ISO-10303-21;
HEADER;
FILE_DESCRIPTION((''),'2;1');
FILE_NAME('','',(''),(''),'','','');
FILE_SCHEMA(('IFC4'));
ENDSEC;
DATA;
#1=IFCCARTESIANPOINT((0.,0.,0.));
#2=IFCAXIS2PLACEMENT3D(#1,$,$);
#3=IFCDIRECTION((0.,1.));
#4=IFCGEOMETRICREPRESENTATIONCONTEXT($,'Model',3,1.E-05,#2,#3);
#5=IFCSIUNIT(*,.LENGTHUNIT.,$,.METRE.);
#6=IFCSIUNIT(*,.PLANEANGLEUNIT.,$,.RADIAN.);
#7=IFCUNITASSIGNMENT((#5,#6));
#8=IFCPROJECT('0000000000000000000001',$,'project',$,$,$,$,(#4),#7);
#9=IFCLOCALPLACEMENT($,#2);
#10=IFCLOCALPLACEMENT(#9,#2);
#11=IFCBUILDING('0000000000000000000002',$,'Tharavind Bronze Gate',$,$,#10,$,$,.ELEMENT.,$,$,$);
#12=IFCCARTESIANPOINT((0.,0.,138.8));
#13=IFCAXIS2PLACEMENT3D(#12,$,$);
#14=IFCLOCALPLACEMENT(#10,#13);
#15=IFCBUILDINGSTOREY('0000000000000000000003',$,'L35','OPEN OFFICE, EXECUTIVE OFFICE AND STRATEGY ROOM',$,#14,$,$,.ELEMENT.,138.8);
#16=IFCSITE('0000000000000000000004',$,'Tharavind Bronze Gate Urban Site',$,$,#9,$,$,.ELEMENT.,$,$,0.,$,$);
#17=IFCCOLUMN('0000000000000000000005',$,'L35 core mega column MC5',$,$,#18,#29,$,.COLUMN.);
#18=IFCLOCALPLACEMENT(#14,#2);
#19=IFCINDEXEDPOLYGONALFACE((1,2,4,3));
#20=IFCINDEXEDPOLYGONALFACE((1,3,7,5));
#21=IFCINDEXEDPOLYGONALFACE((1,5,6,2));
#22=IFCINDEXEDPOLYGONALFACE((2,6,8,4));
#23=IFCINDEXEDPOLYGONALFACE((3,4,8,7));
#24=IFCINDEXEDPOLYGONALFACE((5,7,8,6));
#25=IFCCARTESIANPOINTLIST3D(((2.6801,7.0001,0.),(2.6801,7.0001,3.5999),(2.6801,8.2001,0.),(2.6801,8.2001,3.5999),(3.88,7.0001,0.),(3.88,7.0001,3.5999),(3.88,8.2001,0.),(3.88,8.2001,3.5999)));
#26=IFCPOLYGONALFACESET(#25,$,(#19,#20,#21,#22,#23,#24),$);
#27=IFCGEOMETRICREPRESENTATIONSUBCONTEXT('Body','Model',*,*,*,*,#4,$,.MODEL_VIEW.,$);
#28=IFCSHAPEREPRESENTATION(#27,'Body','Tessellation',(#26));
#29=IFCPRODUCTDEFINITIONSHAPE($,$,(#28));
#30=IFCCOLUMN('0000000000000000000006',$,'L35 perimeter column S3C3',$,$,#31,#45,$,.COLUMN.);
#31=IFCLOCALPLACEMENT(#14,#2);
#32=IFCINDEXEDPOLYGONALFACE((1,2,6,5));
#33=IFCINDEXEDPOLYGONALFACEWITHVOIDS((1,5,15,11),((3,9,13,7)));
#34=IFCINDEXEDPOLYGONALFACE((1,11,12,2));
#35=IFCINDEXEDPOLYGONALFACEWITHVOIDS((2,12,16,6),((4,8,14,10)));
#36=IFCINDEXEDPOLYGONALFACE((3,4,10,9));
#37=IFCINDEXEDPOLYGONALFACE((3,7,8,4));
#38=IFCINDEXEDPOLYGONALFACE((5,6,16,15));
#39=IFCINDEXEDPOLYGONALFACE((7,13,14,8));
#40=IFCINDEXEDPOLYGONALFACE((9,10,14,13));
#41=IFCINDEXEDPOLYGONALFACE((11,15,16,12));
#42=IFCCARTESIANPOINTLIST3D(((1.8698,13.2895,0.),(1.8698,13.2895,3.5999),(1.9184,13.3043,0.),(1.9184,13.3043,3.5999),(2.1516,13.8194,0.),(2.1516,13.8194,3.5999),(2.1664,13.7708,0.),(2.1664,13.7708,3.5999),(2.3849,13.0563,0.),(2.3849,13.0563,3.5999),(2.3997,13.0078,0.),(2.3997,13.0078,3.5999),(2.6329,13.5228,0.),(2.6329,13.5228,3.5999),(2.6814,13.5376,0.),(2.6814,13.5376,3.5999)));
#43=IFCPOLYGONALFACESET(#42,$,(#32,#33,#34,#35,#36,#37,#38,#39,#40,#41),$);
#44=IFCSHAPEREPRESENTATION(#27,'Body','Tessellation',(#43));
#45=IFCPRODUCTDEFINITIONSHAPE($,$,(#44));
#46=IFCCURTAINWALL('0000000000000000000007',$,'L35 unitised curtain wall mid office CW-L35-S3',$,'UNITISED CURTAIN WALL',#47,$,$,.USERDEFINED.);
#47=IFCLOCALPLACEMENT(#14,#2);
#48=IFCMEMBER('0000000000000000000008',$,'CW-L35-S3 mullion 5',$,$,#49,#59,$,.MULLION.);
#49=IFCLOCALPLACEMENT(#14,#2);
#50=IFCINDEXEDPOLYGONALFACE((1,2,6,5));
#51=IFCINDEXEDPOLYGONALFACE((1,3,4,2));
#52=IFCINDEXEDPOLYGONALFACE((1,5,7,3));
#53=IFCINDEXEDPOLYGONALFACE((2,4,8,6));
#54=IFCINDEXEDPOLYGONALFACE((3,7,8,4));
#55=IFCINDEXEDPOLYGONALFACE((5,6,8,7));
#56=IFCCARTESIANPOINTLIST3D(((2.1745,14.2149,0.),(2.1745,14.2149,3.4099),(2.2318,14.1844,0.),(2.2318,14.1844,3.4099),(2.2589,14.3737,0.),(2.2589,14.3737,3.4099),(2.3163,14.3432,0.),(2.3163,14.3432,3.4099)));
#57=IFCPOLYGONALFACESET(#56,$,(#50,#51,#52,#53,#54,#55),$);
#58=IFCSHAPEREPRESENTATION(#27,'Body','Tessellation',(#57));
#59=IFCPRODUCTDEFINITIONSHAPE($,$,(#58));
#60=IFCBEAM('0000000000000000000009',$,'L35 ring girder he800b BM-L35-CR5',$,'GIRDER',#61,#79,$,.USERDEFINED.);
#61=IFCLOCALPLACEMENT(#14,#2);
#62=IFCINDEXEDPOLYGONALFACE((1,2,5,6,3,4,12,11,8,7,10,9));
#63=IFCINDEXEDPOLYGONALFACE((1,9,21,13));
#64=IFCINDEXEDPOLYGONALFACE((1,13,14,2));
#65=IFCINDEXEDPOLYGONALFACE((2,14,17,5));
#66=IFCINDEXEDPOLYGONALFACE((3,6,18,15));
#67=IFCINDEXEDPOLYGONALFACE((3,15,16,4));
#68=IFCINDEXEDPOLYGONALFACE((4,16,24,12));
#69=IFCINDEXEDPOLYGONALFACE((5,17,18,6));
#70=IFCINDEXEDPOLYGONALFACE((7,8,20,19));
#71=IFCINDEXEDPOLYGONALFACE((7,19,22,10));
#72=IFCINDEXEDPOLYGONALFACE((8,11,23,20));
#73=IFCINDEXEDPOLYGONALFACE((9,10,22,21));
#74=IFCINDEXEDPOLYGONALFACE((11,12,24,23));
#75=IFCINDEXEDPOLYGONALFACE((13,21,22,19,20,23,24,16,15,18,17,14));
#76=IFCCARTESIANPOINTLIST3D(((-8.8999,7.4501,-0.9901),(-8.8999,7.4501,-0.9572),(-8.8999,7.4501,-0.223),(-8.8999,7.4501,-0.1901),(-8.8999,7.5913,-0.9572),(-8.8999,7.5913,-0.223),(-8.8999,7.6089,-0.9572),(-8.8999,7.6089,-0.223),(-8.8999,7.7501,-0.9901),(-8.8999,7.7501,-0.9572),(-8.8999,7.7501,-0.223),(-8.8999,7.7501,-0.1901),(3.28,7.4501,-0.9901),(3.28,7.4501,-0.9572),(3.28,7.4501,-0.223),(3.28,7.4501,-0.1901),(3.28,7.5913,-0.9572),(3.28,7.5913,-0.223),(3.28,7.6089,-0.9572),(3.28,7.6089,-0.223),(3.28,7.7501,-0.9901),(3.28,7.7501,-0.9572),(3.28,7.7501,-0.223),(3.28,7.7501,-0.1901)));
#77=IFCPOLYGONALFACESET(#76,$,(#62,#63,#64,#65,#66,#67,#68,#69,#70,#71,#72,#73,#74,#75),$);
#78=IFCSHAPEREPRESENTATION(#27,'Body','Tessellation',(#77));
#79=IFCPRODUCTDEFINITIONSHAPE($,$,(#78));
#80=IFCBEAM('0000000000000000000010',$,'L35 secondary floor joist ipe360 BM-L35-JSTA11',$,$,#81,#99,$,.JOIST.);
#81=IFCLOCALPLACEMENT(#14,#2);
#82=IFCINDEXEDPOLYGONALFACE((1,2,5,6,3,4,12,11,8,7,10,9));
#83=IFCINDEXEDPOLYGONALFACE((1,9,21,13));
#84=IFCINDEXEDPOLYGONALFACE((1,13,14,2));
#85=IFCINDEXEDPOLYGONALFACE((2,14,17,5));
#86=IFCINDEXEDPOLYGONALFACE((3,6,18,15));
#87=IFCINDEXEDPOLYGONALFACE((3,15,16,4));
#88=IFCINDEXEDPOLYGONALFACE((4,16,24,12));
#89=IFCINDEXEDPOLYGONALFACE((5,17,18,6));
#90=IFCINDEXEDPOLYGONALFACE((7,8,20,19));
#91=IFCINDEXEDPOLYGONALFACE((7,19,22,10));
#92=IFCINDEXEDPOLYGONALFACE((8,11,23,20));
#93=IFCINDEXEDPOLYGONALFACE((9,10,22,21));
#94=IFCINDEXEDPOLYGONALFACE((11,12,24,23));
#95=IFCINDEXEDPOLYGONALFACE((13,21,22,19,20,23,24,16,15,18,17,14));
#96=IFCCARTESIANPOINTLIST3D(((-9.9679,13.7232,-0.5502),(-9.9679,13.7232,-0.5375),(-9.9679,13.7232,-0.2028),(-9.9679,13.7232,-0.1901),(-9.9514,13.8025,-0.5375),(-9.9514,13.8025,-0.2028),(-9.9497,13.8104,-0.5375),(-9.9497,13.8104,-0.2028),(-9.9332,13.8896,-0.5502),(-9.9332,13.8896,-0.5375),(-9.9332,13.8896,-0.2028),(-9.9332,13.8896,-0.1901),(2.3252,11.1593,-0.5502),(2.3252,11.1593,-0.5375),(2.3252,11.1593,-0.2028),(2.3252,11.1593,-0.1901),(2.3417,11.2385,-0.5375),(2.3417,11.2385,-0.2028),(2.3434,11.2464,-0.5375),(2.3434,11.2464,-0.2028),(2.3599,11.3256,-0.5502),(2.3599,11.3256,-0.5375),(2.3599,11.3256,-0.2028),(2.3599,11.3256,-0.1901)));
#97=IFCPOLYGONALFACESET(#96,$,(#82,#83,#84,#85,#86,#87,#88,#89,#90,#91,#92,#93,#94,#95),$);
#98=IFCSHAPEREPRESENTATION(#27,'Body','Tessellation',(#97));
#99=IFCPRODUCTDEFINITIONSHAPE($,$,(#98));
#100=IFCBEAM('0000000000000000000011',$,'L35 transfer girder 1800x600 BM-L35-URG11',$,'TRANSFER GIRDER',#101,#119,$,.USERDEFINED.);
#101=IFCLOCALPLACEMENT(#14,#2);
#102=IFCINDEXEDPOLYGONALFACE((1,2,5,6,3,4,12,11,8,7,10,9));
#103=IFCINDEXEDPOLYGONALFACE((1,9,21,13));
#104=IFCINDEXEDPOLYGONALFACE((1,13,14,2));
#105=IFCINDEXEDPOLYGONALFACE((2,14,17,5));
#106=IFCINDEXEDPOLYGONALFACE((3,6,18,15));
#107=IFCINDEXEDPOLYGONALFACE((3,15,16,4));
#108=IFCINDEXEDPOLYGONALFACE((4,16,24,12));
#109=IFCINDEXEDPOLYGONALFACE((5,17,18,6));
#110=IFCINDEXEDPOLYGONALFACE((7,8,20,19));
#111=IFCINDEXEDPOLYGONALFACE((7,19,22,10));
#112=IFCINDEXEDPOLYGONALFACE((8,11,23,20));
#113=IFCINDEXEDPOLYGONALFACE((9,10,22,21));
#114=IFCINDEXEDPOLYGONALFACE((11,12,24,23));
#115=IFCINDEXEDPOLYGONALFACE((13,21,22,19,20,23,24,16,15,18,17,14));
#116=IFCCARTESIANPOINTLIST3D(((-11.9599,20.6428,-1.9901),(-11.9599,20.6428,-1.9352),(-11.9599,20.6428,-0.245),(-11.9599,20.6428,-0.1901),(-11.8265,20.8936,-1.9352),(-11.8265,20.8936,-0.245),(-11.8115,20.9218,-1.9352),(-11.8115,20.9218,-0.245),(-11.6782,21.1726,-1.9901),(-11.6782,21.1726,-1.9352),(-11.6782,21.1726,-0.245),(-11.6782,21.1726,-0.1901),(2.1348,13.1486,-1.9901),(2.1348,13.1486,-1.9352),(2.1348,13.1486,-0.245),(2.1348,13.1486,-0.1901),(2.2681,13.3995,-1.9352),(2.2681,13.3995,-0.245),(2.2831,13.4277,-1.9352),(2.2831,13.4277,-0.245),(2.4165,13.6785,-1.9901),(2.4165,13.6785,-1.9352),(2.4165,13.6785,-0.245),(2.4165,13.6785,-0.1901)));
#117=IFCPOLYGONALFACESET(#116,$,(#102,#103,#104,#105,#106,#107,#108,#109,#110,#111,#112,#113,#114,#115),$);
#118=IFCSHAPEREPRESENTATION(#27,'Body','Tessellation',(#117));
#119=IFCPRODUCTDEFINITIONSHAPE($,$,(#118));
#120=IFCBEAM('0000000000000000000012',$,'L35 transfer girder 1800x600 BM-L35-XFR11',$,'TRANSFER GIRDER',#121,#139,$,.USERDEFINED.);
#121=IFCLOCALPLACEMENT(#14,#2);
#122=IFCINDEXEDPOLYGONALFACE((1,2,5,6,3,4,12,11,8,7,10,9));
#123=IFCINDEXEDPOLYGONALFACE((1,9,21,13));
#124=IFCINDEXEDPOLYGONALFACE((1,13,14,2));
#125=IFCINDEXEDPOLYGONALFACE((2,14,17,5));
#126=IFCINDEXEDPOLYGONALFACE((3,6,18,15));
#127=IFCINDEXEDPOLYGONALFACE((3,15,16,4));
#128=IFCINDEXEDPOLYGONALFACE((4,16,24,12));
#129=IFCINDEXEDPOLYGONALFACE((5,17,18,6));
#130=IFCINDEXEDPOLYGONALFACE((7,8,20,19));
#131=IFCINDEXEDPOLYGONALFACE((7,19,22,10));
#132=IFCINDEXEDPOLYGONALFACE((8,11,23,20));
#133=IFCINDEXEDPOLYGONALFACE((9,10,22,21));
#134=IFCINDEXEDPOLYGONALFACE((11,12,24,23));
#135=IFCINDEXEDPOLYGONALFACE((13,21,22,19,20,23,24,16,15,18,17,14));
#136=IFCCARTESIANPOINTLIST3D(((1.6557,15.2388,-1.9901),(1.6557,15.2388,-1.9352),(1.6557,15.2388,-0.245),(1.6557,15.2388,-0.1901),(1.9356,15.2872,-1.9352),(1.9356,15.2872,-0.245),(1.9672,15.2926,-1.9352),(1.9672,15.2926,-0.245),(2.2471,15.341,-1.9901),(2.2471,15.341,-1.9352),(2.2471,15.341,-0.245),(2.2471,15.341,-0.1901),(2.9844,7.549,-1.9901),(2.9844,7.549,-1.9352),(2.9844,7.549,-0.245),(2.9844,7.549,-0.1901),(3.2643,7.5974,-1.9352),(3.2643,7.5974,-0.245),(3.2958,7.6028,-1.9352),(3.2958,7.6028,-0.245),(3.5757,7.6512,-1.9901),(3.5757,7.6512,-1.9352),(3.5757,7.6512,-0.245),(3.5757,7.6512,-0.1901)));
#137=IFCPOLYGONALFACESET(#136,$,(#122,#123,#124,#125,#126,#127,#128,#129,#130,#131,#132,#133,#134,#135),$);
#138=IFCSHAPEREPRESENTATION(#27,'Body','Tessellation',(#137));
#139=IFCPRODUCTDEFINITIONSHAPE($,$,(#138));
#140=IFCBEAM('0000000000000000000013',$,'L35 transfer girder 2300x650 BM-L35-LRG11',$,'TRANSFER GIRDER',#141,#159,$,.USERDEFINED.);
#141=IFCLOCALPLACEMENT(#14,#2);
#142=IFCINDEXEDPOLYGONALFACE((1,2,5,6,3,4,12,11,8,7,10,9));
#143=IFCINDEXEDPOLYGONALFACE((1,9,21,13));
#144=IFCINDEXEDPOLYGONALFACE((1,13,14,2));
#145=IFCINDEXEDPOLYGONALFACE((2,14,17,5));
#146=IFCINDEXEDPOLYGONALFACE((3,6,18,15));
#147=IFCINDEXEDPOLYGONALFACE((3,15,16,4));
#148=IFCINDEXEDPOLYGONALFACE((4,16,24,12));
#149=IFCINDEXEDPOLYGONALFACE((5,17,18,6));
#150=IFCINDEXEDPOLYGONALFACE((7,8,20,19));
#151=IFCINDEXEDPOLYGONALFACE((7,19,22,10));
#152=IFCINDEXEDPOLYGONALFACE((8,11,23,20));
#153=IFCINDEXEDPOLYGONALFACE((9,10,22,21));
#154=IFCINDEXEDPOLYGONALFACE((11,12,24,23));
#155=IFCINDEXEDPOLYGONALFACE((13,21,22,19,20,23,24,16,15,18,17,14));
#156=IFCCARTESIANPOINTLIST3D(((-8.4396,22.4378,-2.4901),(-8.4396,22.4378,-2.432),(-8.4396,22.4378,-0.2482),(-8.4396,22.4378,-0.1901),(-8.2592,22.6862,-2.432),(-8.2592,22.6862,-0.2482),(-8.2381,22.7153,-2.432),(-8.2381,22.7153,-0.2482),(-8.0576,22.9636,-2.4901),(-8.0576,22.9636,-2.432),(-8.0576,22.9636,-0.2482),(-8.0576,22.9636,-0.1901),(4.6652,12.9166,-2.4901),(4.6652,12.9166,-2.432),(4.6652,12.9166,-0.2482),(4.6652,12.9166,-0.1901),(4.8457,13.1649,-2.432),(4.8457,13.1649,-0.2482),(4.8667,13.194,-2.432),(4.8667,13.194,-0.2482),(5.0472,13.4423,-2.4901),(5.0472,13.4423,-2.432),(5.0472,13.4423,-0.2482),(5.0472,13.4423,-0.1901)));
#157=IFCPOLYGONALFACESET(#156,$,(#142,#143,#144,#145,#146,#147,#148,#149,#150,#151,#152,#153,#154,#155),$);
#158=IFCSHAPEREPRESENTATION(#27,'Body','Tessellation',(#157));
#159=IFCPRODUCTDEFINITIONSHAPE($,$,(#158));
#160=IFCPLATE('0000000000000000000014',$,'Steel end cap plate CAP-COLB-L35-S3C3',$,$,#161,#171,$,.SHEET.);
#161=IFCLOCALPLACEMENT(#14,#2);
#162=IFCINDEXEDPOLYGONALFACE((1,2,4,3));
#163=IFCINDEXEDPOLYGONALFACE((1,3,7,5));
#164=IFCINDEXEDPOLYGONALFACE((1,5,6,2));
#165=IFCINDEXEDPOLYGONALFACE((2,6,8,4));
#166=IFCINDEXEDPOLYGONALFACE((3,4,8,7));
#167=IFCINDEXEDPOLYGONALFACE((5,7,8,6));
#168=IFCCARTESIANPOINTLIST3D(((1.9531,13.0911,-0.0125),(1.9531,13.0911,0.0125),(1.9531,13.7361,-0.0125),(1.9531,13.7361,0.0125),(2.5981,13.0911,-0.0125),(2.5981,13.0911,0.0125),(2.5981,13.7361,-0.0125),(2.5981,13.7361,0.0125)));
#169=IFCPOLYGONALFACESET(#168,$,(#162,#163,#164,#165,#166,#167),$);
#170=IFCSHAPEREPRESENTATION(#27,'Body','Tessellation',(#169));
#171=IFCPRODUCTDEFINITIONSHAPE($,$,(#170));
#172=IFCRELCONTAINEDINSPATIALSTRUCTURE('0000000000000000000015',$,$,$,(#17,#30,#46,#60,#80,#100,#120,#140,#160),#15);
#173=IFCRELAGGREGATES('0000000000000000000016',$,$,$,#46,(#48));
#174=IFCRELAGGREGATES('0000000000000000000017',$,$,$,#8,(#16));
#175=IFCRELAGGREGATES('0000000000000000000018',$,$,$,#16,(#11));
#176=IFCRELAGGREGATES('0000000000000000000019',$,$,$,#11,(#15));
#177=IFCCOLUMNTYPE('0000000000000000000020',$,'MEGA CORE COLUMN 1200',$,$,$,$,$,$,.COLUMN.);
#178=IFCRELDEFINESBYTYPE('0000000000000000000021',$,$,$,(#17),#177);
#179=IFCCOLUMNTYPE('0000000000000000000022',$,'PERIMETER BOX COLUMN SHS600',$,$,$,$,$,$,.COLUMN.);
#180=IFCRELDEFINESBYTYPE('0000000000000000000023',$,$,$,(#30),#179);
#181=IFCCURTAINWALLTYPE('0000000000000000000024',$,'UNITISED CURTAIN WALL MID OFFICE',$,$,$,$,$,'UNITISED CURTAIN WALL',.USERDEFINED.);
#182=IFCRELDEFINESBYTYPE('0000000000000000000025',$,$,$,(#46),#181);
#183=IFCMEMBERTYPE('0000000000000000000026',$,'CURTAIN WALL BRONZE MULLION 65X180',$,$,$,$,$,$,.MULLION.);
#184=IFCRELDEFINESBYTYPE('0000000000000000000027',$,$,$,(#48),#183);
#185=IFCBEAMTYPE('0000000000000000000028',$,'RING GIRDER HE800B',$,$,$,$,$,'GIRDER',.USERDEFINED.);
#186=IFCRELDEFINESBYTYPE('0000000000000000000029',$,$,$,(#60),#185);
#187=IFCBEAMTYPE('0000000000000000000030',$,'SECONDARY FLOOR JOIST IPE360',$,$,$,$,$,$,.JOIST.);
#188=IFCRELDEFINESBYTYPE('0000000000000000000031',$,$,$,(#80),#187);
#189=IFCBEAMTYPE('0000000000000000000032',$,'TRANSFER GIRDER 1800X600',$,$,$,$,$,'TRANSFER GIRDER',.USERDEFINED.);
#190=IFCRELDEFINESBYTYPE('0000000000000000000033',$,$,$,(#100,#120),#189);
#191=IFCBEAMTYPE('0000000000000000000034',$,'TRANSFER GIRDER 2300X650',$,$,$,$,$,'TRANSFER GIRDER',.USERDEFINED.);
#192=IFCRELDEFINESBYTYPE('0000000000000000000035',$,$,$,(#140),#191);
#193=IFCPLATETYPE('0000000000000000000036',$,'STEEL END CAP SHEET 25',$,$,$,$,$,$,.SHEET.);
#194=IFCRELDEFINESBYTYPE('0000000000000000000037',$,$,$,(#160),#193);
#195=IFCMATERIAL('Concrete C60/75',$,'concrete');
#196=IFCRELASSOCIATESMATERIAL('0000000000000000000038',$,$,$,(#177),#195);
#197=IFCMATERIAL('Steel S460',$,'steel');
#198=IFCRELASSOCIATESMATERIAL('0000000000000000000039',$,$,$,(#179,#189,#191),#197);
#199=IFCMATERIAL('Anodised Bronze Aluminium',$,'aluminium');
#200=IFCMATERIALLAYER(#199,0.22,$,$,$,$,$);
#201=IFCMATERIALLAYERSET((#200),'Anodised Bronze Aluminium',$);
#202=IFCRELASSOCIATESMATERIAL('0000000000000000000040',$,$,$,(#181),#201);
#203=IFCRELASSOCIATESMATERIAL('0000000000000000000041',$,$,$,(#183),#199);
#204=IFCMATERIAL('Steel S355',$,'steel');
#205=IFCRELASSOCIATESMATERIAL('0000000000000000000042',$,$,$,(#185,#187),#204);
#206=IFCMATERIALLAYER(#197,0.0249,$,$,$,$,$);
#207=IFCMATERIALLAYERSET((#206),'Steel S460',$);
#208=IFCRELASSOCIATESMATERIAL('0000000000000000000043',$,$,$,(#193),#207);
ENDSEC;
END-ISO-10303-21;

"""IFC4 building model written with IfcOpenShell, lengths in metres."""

from ifc_helpers import new_model, si_unit, direction, frame, origin, origin_2d, place, context, subcontext, project, spatial, rectangle, hollow_rectangle, i_section, extrude, material, layer, layer_set, material_profile, profile_set, type_object, element, aggregate, save


model = new_model("IFC4")

# Units and contexts
model_context = context("Model", 3, precision=1e-05, world=origin(), true_north=direction((0.0, 1.0)))
body_context = subcontext(model_context, "Body", "Model", "MODEL_VIEW")
ifc_project = project(units=[si_unit("LENGTHUNIT", "METRE"), si_unit("PLANEANGLEUNIT", "RADIAN")], contexts=[model_context])

# Site, building, storey
site_placement = place(None, origin())
site = spatial("IfcSite", under=ifc_project, at=site_placement, Name="Tharavind Bronze Gate Urban Site", CompositionType="ELEMENT", RefElevation=0.0)
building_placement = place(site_placement, origin())
building = spatial("IfcBuilding", under=site, at=building_placement, Name="Tharavind Bronze Gate", CompositionType="ELEMENT")
storey_placement = place(building_placement, frame((0.0, 0.0, 138.8)))
storey = spatial("IfcBuildingStorey", under=building, at=storey_placement, Name="L35", Description="OPEN OFFICE, EXECUTIVE OFFICE AND STRATEGY ROOM", CompositionType="ELEMENT", Elevation=138.8)

# Columns
ifc_material_1 = material(Name="Concrete C60/75", Category="concrete")
ifc_material_profile_1 = material_profile(ifc_material_1, rectangle(XDim=1.2, YDim=1.2, at=origin_2d()), Name="RCCOL1200")
ifc_profile_set_1 = profile_set([ifc_material_profile_1], Name="Concrete C60/75")
column_type_1 = type_object("IfcColumnType", Name="MEGA CORE COLUMN 1200", PredefinedType="COLUMN", material=ifc_profile_set_1)
column_1_placement = place(storey_placement, frame((3.28, 7.6001, 0.0), z_axis=(0.0, 0.0, 1.0), x_axis=(1.0, 0.0, 0.0)))
element("IfcColumn", 1, at=column_1_placement, inside=storey, type_object=column_type_1, Name="L35 core mega column MC5", PredefinedType="COLUMN", context=body_context, shape_type="SweptSolid", body=[
    extrude(rectangle(XDim=1.2, YDim=1.2, at=origin_2d()), origin(), (0.0, 0.0, 1.0), 3.5999),
])
ifc_material_2 = material(Name="Steel S460", Category="steel")
ifc_material_profile_2 = material_profile(ifc_material_2, hollow_rectangle(XDim=0.6001, YDim=0.6001, WallThickness=0.0359, at=origin_2d()), Name="SHS600X36")
ifc_profile_set_2 = profile_set([ifc_material_profile_2], Name="Steel S460")
column_type_2 = type_object("IfcColumnType", Name="PERIMETER BOX COLUMN SHS600", PredefinedType="COLUMN", material=ifc_profile_set_2)
column_2_placement = place(storey_placement, frame((2.2756, 13.4136, 0.0), z_axis=(0.0, 0.0, 1.0), x_axis=(-0.882948, 0.46947, 0.0)))
element("IfcColumn", 2, at=column_2_placement, inside=storey, type_object=column_type_2, Name="L35 perimeter column S3C3", PredefinedType="COLUMN", context=body_context, shape_type="SweptSolid", body=[
    extrude(hollow_rectangle(XDim=0.6001, YDim=0.6001, WallThickness=0.0359, at=origin_2d()), origin(), (0.0, 0.0, 1.0), 3.5999),
])

# Curtain wall, member
ifc_material_3 = material(Name="Anodised Bronze Aluminium", Category="aluminium")
ifc_layer_1 = layer(ifc_material_3, 0.22)
ifc_layer_set_1 = layer_set([ifc_layer_1], Name="Anodised Bronze Aluminium")
curtain_wall_type = type_object("IfcCurtainWallType", Name="UNITISED CURTAIN WALL MID OFFICE", ElementType="UNITISED CURTAIN WALL", PredefinedType="USERDEFINED", material=ifc_layer_set_1)
curtain_wall_placement = place(storey_placement, origin())
curtain_wall = element("IfcCurtainWall", 3, at=curtain_wall_placement, inside=storey, type_object=curtain_wall_type, Name="L35 unitised curtain wall mid office CW-L35-S3", ObjectType="UNITISED CURTAIN WALL", PredefinedType="USERDEFINED")
member_type = type_object("IfcMemberType", Name="CURTAIN WALL BRONZE MULLION 65X180", PredefinedType="MULLION", material=ifc_material_3)
member_placement = place(storey_placement, frame((2.2454, 14.2791, 0.0), z_axis=(0.0, 0.0, 1.0), x_axis=(-0.882948, 0.469472, 0.0)))
member = element("IfcMember", 4, at=member_placement, type_object=member_type, Name="CW-L35-S3 mullion 5", PredefinedType="MULLION", context=body_context, shape_type="SweptSolid", body=[
    extrude(rectangle(XDim=0.0649, YDim=0.1799, at=origin_2d()), origin(), (0.0, 0.0, 1.0), 3.4099),
])
aggregate(curtain_wall, [member])

# Beams
ifc_material_4 = material(Name="Steel S355", Category="steel")
ifc_material_profile_3 = material_profile(ifc_material_4, i_section(OverallWidth=0.3, OverallDepth=0.8, WebThickness=0.0176, FlangeThickness=0.033, at=origin_2d()), Name="HE800B")
ifc_profile_set_3 = profile_set([ifc_material_profile_3], Name="Steel S355")
beam_type_1 = type_object("IfcBeamType", Name="RING GIRDER HE800B", ElementType="GIRDER", PredefinedType="USERDEFINED", material=ifc_profile_set_3)
beam_1_placement = place(storey_placement, frame((3.28, 7.6001, -0.5901), z_axis=(-1.0, 0.0, 0.0), x_axis=(0.0, -1.0, 0.0)))
element("IfcBeam", 5, at=beam_1_placement, inside=storey, type_object=beam_type_1, Name="L35 ring girder he800b BM-L35-CR5", ObjectType="GIRDER", PredefinedType="USERDEFINED", context=body_context, shape_type="SweptSolid", body=[
    extrude(i_section(OverallWidth=0.3, OverallDepth=0.8, WebThickness=0.0176, FlangeThickness=0.033, at=origin_2d()), origin(), (0.0, 0.0, 1.0), 12.1799),
])
ifc_material_profile_4 = material_profile(ifc_material_4, i_section(OverallWidth=0.1699, OverallDepth=0.3601, WebThickness=0.0081, FlangeThickness=0.0127, at=origin_2d()), Name="IPE360")
ifc_profile_set_4 = profile_set([ifc_material_profile_4], Name="Steel S355")
beam_type_2 = type_object("IfcBeamType", Name="SECONDARY FLOOR JOIST IPE360", PredefinedType="JOIST", material=ifc_profile_set_4)
beam_2_placement = place(storey_placement, frame((2.3425, 11.2424, -0.3701), z_axis=(-0.978934, 0.204178, 0.0), x_axis=(-0.204178, -0.978934, 0.0)))
element("IfcBeam", 6, at=beam_2_placement, inside=storey, type_object=beam_type_2, Name="L35 secondary floor joist ipe360 BM-L35-JSTA11", PredefinedType="JOIST", context=body_context, shape_type="SweptSolid", body=[
    extrude(i_section(OverallWidth=0.1699, OverallDepth=0.3601, WebThickness=0.0081, FlangeThickness=0.0127, at=origin_2d()), origin(), (0.0, 0.0, 1.0), 12.5576),
])
ifc_material_profile_5 = material_profile(ifc_material_2, i_section(OverallWidth=0.6001, OverallDepth=1.8, WebThickness=0.032, FlangeThickness=0.0549, at=origin_2d()), Name="PG1800X600")
ifc_profile_set_5 = profile_set([ifc_material_profile_5], Name="Steel S460")
beam_type_3 = type_object("IfcBeamType", Name="TRANSFER GIRDER 1800X600", ElementType="TRANSFER GIRDER", PredefinedType="USERDEFINED", material=ifc_profile_set_5)
beam_3_placement = place(storey_placement, frame((2.2756, 13.4136, -1.0901), z_axis=(-0.882952, 0.469464, 0.0), x_axis=(-0.469464, -0.882952, 0.0)))
element("IfcBeam", 7, at=beam_3_placement, inside=storey, type_object=beam_type_3, Name="L35 transfer girder 1800x600 BM-L35-URG11", ObjectType="TRANSFER GIRDER", PredefinedType="USERDEFINED", context=body_context, shape_type="SweptSolid", body=[
    extrude(i_section(OverallWidth=0.6001, OverallDepth=1.8, WebThickness=0.032, FlangeThickness=0.0549, at=origin_2d()), origin(), (0.0, 0.0, 1.0), 15.9631),
])
beam_4_placement = place(storey_placement, frame((3.28, 7.6001, -1.0901), z_axis=(-0.170256, 0.9854, 0.0), x_axis=(-0.9854, -0.170256, 0.0)))
element("IfcBeam", 8, at=beam_4_placement, inside=storey, type_object=beam_type_3, Name="L35 transfer girder 1800x600 BM-L35-XFR11", ObjectType="TRANSFER GIRDER", PredefinedType="USERDEFINED", context=body_context, shape_type="SweptSolid", body=[
    extrude(i_section(OverallWidth=0.6001, OverallDepth=1.8, WebThickness=0.032, FlangeThickness=0.0549, at=origin_2d()), origin(), (0.0, 0.0, 1.0), 7.8037),
])
ifc_material_profile_6 = material_profile(ifc_material_2, i_section(OverallWidth=0.6499, OverallDepth=2.3, WebThickness=0.0359, FlangeThickness=0.0581, at=origin_2d()), Name="PG2300X650")
ifc_profile_set_6 = profile_set([ifc_material_profile_6], Name="Steel S460")
beam_type_4 = type_object("IfcBeamType", Name="TRANSFER GIRDER 2300X650", ElementType="TRANSFER GIRDER", PredefinedType="USERDEFINED", material=ifc_profile_set_6)
beam_5_placement = place(storey_placement, frame((4.8562, 13.1794, -1.3401), z_axis=(-0.809014, 0.587789, 0.0), x_axis=(-0.587789, -0.809014, 0.0)))
element("IfcBeam", 9, at=beam_5_placement, inside=storey, type_object=beam_type_4, Name="L35 transfer girder 2300x650 BM-L35-LRG11", ObjectType="TRANSFER GIRDER", PredefinedType="USERDEFINED", context=body_context, shape_type="SweptSolid", body=[
    extrude(i_section(OverallWidth=0.6499, OverallDepth=2.3, WebThickness=0.0359, FlangeThickness=0.0581, at=origin_2d()), origin(), (0.0, 0.0, 1.0), 16.1985),
])

# Plate
ifc_layer_2 = layer(ifc_material_2, 0.0249)
ifc_layer_set_2 = layer_set([ifc_layer_2], Name="Steel S460")
plate_type = type_object("IfcPlateType", Name="STEEL END CAP SHEET 25", PredefinedType="SHEET", material=ifc_layer_set_2)
plate_placement = place(storey_placement, frame((2.2756, 13.4136, -0.0125), z_axis=(0.0, 0.0, 1.0), x_axis=(1.0, 0.0, 0.0)))
element("IfcPlate", 10, at=plate_placement, inside=storey, type_object=plate_type, Name="Steel end cap plate CAP-COLB-L35-S3C3", PredefinedType="SHEET", context=body_context, shape_type="SweptSolid", body=[
    extrude(rectangle(XDim=0.645, YDim=0.645, at=origin_2d()), origin(), (0.0, 0.0, 1.0), 0.0249),
])

save(model, "model.ifc")
